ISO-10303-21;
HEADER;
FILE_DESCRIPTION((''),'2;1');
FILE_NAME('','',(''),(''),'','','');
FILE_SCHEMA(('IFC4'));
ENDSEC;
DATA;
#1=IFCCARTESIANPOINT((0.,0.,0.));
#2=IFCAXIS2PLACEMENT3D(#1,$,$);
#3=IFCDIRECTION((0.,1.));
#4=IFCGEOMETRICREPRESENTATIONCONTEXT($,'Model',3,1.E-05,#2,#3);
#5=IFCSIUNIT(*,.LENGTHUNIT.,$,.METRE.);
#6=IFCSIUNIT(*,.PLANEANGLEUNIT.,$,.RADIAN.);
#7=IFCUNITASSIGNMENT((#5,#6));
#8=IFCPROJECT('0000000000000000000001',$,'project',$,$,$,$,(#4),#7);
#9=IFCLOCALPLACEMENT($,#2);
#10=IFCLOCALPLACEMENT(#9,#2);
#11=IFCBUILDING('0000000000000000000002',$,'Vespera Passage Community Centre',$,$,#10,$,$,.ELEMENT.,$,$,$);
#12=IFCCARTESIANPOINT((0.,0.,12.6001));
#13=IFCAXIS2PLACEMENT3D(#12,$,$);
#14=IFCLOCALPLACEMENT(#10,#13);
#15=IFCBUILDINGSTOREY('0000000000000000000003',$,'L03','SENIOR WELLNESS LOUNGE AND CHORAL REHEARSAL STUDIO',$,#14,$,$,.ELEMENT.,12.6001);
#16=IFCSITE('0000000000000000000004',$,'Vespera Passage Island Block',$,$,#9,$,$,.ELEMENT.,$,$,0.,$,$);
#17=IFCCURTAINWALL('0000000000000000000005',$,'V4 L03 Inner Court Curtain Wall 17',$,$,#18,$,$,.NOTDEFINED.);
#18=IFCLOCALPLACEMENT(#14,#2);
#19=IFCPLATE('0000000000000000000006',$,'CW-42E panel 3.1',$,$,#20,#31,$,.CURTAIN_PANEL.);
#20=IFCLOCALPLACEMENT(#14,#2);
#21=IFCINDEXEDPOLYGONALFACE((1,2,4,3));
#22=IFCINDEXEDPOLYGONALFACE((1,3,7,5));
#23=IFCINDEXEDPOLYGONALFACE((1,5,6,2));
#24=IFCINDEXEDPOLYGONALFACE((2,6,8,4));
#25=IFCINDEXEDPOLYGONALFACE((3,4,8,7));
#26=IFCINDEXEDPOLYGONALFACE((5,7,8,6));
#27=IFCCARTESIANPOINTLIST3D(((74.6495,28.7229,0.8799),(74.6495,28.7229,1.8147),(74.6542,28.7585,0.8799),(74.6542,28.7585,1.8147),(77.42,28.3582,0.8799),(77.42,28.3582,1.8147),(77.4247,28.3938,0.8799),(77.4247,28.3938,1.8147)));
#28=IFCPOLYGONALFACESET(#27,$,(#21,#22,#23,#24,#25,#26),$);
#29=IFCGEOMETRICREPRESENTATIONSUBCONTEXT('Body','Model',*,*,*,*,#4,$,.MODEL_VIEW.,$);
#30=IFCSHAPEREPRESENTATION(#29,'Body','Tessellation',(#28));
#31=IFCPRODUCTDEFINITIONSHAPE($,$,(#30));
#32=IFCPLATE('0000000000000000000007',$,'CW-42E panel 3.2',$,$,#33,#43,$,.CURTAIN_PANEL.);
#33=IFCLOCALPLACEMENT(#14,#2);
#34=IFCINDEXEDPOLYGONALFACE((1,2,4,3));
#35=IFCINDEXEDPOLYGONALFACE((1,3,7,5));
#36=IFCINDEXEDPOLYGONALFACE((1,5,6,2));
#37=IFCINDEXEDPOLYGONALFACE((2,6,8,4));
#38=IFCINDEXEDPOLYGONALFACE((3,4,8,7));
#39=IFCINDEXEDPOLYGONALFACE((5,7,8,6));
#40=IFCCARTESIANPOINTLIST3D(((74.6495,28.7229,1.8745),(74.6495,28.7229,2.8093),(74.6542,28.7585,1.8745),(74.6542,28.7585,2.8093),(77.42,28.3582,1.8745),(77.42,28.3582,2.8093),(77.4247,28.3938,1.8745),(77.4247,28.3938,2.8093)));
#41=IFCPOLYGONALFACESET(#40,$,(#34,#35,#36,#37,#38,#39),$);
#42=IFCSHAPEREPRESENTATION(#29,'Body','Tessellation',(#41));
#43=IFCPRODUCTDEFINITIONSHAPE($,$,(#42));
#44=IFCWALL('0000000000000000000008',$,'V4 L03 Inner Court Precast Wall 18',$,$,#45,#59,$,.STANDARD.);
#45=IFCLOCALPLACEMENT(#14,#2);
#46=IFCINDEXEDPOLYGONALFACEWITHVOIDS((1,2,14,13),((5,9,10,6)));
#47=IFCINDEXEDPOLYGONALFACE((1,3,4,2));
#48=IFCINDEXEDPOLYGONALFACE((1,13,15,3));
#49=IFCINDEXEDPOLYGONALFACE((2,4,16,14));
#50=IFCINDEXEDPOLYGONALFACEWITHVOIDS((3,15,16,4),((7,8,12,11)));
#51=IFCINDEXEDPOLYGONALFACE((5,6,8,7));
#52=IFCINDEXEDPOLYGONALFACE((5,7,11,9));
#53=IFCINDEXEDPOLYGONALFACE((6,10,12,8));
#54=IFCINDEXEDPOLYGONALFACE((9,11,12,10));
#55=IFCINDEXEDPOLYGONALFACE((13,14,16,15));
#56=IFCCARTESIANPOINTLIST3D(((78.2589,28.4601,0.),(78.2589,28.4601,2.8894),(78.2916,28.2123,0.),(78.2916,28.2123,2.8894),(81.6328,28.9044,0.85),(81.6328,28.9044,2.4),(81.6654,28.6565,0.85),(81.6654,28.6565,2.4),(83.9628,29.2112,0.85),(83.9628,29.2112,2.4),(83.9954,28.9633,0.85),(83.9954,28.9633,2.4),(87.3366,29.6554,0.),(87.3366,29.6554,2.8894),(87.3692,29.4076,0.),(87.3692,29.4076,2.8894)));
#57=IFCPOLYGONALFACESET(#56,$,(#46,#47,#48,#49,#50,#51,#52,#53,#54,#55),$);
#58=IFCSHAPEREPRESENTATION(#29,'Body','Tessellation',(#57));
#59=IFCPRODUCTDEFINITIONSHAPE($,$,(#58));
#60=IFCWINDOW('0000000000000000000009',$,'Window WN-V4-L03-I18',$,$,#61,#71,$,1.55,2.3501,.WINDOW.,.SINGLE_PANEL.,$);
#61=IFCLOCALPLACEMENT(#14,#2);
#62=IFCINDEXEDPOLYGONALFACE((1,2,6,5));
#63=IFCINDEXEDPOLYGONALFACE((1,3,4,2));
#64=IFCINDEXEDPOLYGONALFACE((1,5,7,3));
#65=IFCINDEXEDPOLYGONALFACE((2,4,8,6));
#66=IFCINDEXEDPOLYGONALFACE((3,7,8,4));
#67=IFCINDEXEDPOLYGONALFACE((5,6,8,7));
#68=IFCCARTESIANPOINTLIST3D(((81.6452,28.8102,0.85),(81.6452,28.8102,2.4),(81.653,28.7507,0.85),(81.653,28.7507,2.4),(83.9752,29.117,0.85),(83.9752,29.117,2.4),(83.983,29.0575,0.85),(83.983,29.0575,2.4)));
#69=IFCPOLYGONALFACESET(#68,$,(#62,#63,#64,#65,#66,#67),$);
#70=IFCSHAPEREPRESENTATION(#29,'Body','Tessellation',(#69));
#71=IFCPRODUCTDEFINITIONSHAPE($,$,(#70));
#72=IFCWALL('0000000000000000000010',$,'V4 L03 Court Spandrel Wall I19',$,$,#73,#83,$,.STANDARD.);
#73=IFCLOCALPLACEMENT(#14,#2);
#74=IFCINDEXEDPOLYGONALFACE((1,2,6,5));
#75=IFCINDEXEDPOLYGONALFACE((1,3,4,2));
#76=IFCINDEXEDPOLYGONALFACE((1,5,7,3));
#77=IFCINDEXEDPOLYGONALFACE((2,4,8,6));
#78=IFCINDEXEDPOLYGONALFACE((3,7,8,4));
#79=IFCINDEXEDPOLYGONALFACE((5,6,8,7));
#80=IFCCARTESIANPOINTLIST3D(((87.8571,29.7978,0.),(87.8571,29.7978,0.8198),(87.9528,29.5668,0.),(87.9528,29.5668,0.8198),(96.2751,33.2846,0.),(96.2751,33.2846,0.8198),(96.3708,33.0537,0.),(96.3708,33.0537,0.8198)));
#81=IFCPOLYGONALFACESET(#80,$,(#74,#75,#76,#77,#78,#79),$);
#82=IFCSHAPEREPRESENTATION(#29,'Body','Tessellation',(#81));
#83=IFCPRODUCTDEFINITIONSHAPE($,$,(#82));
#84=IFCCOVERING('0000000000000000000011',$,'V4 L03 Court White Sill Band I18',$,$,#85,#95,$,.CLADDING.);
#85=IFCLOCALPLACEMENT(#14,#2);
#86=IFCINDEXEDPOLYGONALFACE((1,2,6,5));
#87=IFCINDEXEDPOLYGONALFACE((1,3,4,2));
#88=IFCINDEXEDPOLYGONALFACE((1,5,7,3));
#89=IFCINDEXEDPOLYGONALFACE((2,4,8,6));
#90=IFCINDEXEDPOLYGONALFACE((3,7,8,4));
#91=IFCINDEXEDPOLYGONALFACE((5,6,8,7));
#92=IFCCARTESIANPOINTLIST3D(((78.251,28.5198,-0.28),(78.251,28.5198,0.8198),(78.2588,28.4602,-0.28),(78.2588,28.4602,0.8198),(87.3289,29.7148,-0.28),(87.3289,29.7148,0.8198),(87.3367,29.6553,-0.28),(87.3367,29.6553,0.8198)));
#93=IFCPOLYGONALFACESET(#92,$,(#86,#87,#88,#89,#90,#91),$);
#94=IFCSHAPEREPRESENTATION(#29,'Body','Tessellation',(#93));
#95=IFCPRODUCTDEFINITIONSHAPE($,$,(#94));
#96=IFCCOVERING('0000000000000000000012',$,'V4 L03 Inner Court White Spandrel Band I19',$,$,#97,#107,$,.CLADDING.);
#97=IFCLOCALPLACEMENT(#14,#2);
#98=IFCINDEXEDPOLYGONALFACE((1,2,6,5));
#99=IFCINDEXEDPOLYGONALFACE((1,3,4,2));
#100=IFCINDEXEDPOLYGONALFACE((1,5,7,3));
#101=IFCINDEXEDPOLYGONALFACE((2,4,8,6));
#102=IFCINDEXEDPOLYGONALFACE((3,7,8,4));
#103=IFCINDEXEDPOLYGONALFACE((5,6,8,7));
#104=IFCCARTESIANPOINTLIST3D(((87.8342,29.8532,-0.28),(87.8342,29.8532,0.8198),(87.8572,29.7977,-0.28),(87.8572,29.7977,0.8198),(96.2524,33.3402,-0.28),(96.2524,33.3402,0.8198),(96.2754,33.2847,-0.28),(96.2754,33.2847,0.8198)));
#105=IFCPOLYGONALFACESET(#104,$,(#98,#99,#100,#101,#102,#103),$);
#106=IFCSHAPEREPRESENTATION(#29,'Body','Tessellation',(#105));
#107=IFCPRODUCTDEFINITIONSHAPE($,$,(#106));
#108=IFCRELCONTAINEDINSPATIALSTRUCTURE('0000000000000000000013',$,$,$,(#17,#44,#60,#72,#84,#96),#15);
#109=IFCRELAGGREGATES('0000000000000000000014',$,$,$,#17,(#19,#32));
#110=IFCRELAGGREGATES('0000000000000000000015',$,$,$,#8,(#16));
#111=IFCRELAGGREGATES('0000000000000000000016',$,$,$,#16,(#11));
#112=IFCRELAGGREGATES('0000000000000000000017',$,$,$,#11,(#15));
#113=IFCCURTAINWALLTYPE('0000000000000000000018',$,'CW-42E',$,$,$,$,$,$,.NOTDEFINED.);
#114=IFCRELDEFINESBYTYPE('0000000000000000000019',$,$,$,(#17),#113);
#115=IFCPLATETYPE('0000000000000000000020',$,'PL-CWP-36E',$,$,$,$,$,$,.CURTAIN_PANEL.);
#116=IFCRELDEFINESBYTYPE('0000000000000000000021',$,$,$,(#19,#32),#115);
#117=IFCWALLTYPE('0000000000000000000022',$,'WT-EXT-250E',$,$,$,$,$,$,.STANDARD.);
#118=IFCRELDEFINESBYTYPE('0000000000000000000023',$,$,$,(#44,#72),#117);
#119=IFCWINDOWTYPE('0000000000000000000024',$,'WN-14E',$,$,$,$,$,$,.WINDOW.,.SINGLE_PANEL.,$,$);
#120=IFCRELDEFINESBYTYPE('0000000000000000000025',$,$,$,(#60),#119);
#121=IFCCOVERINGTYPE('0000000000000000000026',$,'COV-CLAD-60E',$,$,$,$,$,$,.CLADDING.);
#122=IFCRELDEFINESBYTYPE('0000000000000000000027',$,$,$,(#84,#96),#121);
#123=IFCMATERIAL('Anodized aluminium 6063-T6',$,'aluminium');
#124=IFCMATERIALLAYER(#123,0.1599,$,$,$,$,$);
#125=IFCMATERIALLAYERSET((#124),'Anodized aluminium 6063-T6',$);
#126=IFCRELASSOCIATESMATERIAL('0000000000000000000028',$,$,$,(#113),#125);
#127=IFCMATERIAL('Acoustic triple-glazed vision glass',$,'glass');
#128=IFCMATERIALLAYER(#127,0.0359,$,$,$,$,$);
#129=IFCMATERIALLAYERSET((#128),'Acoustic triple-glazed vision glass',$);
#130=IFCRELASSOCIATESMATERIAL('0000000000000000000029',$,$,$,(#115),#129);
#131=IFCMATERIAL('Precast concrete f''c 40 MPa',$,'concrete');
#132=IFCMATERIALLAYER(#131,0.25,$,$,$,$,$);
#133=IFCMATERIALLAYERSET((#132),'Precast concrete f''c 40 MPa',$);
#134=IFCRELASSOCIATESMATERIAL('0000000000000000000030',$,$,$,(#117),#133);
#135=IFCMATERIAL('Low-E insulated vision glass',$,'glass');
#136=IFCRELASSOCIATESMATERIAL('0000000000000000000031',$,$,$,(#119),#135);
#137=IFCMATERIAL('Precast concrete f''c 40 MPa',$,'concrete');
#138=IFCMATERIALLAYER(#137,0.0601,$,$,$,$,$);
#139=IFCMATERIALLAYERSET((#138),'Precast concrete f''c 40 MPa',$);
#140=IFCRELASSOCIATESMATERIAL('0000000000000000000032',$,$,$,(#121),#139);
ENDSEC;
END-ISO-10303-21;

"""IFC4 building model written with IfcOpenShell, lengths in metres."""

from ifc_helpers import new_model, si_unit, direction, frame, frame_2d, origin, origin_2d, place, context, subcontext, project, spatial, rectangle, extrude, material, layer, layer_set, type_object, element, fill, aggregate, save


model = new_model("IFC4")

# Units and contexts
model_context = context("Model", 3, precision=1e-05, world=origin(), true_north=direction((0.0, 1.0)))
body_context = subcontext(model_context, "Body", "Model", "MODEL_VIEW")
ifc_project = project(units=[si_unit("LENGTHUNIT", "METRE"), si_unit("PLANEANGLEUNIT", "RADIAN")], contexts=[model_context])

# Site, building, storey
site_placement = place(None, origin())
site = spatial("IfcSite", under=ifc_project, at=site_placement, Name="Vespera Passage Island Block", CompositionType="ELEMENT", RefElevation=0.0)
building_placement = place(site_placement, origin())
building = spatial("IfcBuilding", under=site, at=building_placement, Name="Vespera Passage Community Centre", CompositionType="ELEMENT")
storey_placement = place(building_placement, frame((0.0, 0.0, 12.6001)))
storey = spatial("IfcBuildingStorey", under=building, at=storey_placement, Name="L03", Description="SENIOR WELLNESS LOUNGE AND CHORAL REHEARSAL STUDIO", CompositionType="ELEMENT", Elevation=12.6001)

# Curtain wall
ifc_material_1 = material(Name="Anodized aluminium 6063-T6", Category="aluminium")
ifc_layer_1 = layer(ifc_material_1, 0.1599)
ifc_layer_set_1 = layer_set([ifc_layer_1], Name="Anodized aluminium 6063-T6")
curtain_wall_type_1 = type_object("IfcCurtainWallType", Name="CW-42E", PredefinedType="NOTDEFINED", material=ifc_layer_set_1)
curtain_wall_1_placement = place(storey_placement, origin())
curtain_wall_1 = element("IfcCurtainWall", 1, at=curtain_wall_1_placement, inside=storey, type_object=curtain_wall_type_1, Name="V4 L03 Inner Court Curtain Wall 17", PredefinedType="NOTDEFINED")

# Plates
ifc_material_2 = material(Name="Acoustic triple-glazed vision glass", Category="glass")
ifc_layer_2 = layer(ifc_material_2, 0.0359)
ifc_layer_set_2 = layer_set([ifc_layer_2], Name="Acoustic triple-glazed vision glass")
plate_type_1 = type_object("IfcPlateType", Name="PL-CWP-36E", PredefinedType="CURTAIN_PANEL", material=ifc_layer_set_2)
plate_1_placement = place(storey_placement, frame((76.0371, 28.5583, 0.8799), z_axis=(0.0, 0.0, 1.0), x_axis=(0.991445, -0.130522, 0.0)))
plate_1 = element("IfcPlate", 2, at=plate_1_placement, type_object=plate_type_1, Name="CW-42E panel 3.1", PredefinedType="CURTAIN_PANEL", context=body_context, shape_type="SweptSolid", body=[
    extrude(rectangle(XDim=2.7944, YDim=0.0359, at=origin_2d()), origin(), (0.0, 0.0, 1.0), 0.9348),
])
plate_2_placement = place(storey_placement, frame((76.0371, 28.5583, 1.8745), z_axis=(0.0, 0.0, 1.0), x_axis=(0.991445, -0.130522, 0.0)))
plate_2 = element("IfcPlate", 3, at=plate_2_placement, type_object=plate_type_1, Name="CW-42E panel 3.2", PredefinedType="CURTAIN_PANEL", context=body_context, shape_type="SweptSolid", body=[
    extrude(rectangle(XDim=2.7944, YDim=0.0359, at=origin_2d()), origin(), (0.0, 0.0, 1.0), 0.9348),
])
aggregate(curtain_wall_1, [plate_1, plate_2])

# Wall, opening, window
ifc_material_3 = material(Name="Precast concrete f'c 40 MPa", Category="concrete")
ifc_layer_3 = layer(ifc_material_3, 0.25)
ifc_layer_set_3 = layer_set([ifc_layer_3], Name="Precast concrete f'c 40 MPa")
wall_type = type_object("IfcWallType", Name="WT-EXT-250E", PredefinedType="STANDARD", material=ifc_layer_set_3)
wall_1_placement = place(storey_placement, frame((78.2751, 28.3362, 0.0), z_axis=(0.0, 0.0, 1.0), x_axis=(0.991442, 0.13055, 0.0)))
wall_1 = element("IfcWall", 4, at=wall_1_placement, inside=storey, type_object=wall_type, Name="V4 L03 Inner Court Precast Wall 18", PredefinedType="STANDARD", context=body_context, shape_type="SweptSolid", body=[
    extrude(rectangle(XDim=9.156, YDim=0.25, at=frame_2d((4.5781, 0.0))), origin(), (0.0, 0.0, 1.0), 2.8894),
])
opening_placement = place(wall_1_placement, frame((3.4031, 0.0, 0.8501)))
opening = element("IfcOpeningElement", 5, at=opening_placement, cuts=wall_1, PredefinedType="OPENING", context=body_context, shape_type="SweptSolid", body=[
    extrude(rectangle(XDim=2.3501, YDim=1.55, at=frame_2d((1.175, 0.7749))), frame((0.0, 0.135, 0.0), z_axis=(0.0, -1.0, 0.0), x_axis=(1.0, 0.0, 0.0)), (0.0, 0.0, 1.0), 0.27),
])
ifc_material_4 = material(Name="Low-E insulated vision glass", Category="glass")
window_type = type_object("IfcWindowType", Name="WN-14E", PartitioningType="SINGLE_PANEL", PredefinedType="WINDOW", material=ifc_material_4)
window_placement = place(opening_placement, origin())
window = element("IfcWindow", 6, at=window_placement, inside=storey, type_object=window_type, Name="Window WN-V4-L03-I18", OverallHeight=1.55, OverallWidth=2.3501, PartitioningType="SINGLE_PANEL", PredefinedType="WINDOW", context=body_context, shape_type="SweptSolid", body=[
    extrude(rectangle(XDim=2.3501, YDim=1.55, at=frame_2d((1.175, 0.7749))), frame((0.0, 0.03, 0.0), z_axis=(0.0, -1.0, 0.0), x_axis=(1.0, 0.0, 0.0)), (0.0, 0.0, 1.0), 0.0601),
])
fill(opening, window)

# Wall
wall_2_placement = place(storey_placement, frame((87.905, 29.6824, 0.0), z_axis=(0.0, 0.0, 1.0), x_axis=(0.92388, 0.382682, 0.0)))
element("IfcWall", 7, at=wall_2_placement, inside=storey, type_object=wall_type, Name="V4 L03 Court Spandrel Wall I19", PredefinedType="STANDARD", context=body_context, shape_type="SweptSolid", body=[
    extrude(rectangle(XDim=9.1116, YDim=0.25, at=frame_2d((4.5557, 0.0))), origin(), (0.0, 0.0, 1.0), 0.8198),
])

# Coverings
ifc_material_5 = material(Name="Precast concrete f'c 40 MPa", Category="concrete")
ifc_layer_4 = layer(ifc_material_5, 0.0601)
ifc_layer_set_4 = layer_set([ifc_layer_4], Name="Precast concrete f'c 40 MPa")
covering_type = type_object("IfcCoveringType", Name="COV-CLAD-60E", PredefinedType="CLADDING", material=ifc_layer_set_4)
covering_1_placement = place(storey_placement, frame((78.2549, 28.49, -0.28), z_axis=(0.0, 0.0, 1.0), x_axis=(0.991446, 0.13052, 0.0)))
element("IfcCovering", 8, at=covering_1_placement, inside=storey, type_object=covering_type, Name="V4 L03 Court White Sill Band I18", PredefinedType="CLADDING", context=body_context, shape_type="SweptSolid", body=[
    extrude(rectangle(XDim=9.1562, YDim=0.0601, at=frame_2d((4.5781, 0.0))), origin(), (0.0, 0.0, 1.0), 1.0999),
])
covering_2_placement = place(storey_placement, frame((87.8457, 29.8254, -0.28), z_axis=(0.0, 0.0, 1.0), x_axis=(0.923875, 0.382695, 0.0)))
element("IfcCovering", 9, at=covering_2_placement, inside=storey, type_object=covering_type, Name="V4 L03 Inner Court White Spandrel Band I19", PredefinedType="CLADDING", context=body_context, shape_type="SweptSolid", body=[
    extrude(rectangle(XDim=9.1118, YDim=0.0601, at=frame_2d((4.5559, 0.0))), origin(), (0.0, 0.0, 1.0), 1.0999),
])

save(model, "model.ifc")
